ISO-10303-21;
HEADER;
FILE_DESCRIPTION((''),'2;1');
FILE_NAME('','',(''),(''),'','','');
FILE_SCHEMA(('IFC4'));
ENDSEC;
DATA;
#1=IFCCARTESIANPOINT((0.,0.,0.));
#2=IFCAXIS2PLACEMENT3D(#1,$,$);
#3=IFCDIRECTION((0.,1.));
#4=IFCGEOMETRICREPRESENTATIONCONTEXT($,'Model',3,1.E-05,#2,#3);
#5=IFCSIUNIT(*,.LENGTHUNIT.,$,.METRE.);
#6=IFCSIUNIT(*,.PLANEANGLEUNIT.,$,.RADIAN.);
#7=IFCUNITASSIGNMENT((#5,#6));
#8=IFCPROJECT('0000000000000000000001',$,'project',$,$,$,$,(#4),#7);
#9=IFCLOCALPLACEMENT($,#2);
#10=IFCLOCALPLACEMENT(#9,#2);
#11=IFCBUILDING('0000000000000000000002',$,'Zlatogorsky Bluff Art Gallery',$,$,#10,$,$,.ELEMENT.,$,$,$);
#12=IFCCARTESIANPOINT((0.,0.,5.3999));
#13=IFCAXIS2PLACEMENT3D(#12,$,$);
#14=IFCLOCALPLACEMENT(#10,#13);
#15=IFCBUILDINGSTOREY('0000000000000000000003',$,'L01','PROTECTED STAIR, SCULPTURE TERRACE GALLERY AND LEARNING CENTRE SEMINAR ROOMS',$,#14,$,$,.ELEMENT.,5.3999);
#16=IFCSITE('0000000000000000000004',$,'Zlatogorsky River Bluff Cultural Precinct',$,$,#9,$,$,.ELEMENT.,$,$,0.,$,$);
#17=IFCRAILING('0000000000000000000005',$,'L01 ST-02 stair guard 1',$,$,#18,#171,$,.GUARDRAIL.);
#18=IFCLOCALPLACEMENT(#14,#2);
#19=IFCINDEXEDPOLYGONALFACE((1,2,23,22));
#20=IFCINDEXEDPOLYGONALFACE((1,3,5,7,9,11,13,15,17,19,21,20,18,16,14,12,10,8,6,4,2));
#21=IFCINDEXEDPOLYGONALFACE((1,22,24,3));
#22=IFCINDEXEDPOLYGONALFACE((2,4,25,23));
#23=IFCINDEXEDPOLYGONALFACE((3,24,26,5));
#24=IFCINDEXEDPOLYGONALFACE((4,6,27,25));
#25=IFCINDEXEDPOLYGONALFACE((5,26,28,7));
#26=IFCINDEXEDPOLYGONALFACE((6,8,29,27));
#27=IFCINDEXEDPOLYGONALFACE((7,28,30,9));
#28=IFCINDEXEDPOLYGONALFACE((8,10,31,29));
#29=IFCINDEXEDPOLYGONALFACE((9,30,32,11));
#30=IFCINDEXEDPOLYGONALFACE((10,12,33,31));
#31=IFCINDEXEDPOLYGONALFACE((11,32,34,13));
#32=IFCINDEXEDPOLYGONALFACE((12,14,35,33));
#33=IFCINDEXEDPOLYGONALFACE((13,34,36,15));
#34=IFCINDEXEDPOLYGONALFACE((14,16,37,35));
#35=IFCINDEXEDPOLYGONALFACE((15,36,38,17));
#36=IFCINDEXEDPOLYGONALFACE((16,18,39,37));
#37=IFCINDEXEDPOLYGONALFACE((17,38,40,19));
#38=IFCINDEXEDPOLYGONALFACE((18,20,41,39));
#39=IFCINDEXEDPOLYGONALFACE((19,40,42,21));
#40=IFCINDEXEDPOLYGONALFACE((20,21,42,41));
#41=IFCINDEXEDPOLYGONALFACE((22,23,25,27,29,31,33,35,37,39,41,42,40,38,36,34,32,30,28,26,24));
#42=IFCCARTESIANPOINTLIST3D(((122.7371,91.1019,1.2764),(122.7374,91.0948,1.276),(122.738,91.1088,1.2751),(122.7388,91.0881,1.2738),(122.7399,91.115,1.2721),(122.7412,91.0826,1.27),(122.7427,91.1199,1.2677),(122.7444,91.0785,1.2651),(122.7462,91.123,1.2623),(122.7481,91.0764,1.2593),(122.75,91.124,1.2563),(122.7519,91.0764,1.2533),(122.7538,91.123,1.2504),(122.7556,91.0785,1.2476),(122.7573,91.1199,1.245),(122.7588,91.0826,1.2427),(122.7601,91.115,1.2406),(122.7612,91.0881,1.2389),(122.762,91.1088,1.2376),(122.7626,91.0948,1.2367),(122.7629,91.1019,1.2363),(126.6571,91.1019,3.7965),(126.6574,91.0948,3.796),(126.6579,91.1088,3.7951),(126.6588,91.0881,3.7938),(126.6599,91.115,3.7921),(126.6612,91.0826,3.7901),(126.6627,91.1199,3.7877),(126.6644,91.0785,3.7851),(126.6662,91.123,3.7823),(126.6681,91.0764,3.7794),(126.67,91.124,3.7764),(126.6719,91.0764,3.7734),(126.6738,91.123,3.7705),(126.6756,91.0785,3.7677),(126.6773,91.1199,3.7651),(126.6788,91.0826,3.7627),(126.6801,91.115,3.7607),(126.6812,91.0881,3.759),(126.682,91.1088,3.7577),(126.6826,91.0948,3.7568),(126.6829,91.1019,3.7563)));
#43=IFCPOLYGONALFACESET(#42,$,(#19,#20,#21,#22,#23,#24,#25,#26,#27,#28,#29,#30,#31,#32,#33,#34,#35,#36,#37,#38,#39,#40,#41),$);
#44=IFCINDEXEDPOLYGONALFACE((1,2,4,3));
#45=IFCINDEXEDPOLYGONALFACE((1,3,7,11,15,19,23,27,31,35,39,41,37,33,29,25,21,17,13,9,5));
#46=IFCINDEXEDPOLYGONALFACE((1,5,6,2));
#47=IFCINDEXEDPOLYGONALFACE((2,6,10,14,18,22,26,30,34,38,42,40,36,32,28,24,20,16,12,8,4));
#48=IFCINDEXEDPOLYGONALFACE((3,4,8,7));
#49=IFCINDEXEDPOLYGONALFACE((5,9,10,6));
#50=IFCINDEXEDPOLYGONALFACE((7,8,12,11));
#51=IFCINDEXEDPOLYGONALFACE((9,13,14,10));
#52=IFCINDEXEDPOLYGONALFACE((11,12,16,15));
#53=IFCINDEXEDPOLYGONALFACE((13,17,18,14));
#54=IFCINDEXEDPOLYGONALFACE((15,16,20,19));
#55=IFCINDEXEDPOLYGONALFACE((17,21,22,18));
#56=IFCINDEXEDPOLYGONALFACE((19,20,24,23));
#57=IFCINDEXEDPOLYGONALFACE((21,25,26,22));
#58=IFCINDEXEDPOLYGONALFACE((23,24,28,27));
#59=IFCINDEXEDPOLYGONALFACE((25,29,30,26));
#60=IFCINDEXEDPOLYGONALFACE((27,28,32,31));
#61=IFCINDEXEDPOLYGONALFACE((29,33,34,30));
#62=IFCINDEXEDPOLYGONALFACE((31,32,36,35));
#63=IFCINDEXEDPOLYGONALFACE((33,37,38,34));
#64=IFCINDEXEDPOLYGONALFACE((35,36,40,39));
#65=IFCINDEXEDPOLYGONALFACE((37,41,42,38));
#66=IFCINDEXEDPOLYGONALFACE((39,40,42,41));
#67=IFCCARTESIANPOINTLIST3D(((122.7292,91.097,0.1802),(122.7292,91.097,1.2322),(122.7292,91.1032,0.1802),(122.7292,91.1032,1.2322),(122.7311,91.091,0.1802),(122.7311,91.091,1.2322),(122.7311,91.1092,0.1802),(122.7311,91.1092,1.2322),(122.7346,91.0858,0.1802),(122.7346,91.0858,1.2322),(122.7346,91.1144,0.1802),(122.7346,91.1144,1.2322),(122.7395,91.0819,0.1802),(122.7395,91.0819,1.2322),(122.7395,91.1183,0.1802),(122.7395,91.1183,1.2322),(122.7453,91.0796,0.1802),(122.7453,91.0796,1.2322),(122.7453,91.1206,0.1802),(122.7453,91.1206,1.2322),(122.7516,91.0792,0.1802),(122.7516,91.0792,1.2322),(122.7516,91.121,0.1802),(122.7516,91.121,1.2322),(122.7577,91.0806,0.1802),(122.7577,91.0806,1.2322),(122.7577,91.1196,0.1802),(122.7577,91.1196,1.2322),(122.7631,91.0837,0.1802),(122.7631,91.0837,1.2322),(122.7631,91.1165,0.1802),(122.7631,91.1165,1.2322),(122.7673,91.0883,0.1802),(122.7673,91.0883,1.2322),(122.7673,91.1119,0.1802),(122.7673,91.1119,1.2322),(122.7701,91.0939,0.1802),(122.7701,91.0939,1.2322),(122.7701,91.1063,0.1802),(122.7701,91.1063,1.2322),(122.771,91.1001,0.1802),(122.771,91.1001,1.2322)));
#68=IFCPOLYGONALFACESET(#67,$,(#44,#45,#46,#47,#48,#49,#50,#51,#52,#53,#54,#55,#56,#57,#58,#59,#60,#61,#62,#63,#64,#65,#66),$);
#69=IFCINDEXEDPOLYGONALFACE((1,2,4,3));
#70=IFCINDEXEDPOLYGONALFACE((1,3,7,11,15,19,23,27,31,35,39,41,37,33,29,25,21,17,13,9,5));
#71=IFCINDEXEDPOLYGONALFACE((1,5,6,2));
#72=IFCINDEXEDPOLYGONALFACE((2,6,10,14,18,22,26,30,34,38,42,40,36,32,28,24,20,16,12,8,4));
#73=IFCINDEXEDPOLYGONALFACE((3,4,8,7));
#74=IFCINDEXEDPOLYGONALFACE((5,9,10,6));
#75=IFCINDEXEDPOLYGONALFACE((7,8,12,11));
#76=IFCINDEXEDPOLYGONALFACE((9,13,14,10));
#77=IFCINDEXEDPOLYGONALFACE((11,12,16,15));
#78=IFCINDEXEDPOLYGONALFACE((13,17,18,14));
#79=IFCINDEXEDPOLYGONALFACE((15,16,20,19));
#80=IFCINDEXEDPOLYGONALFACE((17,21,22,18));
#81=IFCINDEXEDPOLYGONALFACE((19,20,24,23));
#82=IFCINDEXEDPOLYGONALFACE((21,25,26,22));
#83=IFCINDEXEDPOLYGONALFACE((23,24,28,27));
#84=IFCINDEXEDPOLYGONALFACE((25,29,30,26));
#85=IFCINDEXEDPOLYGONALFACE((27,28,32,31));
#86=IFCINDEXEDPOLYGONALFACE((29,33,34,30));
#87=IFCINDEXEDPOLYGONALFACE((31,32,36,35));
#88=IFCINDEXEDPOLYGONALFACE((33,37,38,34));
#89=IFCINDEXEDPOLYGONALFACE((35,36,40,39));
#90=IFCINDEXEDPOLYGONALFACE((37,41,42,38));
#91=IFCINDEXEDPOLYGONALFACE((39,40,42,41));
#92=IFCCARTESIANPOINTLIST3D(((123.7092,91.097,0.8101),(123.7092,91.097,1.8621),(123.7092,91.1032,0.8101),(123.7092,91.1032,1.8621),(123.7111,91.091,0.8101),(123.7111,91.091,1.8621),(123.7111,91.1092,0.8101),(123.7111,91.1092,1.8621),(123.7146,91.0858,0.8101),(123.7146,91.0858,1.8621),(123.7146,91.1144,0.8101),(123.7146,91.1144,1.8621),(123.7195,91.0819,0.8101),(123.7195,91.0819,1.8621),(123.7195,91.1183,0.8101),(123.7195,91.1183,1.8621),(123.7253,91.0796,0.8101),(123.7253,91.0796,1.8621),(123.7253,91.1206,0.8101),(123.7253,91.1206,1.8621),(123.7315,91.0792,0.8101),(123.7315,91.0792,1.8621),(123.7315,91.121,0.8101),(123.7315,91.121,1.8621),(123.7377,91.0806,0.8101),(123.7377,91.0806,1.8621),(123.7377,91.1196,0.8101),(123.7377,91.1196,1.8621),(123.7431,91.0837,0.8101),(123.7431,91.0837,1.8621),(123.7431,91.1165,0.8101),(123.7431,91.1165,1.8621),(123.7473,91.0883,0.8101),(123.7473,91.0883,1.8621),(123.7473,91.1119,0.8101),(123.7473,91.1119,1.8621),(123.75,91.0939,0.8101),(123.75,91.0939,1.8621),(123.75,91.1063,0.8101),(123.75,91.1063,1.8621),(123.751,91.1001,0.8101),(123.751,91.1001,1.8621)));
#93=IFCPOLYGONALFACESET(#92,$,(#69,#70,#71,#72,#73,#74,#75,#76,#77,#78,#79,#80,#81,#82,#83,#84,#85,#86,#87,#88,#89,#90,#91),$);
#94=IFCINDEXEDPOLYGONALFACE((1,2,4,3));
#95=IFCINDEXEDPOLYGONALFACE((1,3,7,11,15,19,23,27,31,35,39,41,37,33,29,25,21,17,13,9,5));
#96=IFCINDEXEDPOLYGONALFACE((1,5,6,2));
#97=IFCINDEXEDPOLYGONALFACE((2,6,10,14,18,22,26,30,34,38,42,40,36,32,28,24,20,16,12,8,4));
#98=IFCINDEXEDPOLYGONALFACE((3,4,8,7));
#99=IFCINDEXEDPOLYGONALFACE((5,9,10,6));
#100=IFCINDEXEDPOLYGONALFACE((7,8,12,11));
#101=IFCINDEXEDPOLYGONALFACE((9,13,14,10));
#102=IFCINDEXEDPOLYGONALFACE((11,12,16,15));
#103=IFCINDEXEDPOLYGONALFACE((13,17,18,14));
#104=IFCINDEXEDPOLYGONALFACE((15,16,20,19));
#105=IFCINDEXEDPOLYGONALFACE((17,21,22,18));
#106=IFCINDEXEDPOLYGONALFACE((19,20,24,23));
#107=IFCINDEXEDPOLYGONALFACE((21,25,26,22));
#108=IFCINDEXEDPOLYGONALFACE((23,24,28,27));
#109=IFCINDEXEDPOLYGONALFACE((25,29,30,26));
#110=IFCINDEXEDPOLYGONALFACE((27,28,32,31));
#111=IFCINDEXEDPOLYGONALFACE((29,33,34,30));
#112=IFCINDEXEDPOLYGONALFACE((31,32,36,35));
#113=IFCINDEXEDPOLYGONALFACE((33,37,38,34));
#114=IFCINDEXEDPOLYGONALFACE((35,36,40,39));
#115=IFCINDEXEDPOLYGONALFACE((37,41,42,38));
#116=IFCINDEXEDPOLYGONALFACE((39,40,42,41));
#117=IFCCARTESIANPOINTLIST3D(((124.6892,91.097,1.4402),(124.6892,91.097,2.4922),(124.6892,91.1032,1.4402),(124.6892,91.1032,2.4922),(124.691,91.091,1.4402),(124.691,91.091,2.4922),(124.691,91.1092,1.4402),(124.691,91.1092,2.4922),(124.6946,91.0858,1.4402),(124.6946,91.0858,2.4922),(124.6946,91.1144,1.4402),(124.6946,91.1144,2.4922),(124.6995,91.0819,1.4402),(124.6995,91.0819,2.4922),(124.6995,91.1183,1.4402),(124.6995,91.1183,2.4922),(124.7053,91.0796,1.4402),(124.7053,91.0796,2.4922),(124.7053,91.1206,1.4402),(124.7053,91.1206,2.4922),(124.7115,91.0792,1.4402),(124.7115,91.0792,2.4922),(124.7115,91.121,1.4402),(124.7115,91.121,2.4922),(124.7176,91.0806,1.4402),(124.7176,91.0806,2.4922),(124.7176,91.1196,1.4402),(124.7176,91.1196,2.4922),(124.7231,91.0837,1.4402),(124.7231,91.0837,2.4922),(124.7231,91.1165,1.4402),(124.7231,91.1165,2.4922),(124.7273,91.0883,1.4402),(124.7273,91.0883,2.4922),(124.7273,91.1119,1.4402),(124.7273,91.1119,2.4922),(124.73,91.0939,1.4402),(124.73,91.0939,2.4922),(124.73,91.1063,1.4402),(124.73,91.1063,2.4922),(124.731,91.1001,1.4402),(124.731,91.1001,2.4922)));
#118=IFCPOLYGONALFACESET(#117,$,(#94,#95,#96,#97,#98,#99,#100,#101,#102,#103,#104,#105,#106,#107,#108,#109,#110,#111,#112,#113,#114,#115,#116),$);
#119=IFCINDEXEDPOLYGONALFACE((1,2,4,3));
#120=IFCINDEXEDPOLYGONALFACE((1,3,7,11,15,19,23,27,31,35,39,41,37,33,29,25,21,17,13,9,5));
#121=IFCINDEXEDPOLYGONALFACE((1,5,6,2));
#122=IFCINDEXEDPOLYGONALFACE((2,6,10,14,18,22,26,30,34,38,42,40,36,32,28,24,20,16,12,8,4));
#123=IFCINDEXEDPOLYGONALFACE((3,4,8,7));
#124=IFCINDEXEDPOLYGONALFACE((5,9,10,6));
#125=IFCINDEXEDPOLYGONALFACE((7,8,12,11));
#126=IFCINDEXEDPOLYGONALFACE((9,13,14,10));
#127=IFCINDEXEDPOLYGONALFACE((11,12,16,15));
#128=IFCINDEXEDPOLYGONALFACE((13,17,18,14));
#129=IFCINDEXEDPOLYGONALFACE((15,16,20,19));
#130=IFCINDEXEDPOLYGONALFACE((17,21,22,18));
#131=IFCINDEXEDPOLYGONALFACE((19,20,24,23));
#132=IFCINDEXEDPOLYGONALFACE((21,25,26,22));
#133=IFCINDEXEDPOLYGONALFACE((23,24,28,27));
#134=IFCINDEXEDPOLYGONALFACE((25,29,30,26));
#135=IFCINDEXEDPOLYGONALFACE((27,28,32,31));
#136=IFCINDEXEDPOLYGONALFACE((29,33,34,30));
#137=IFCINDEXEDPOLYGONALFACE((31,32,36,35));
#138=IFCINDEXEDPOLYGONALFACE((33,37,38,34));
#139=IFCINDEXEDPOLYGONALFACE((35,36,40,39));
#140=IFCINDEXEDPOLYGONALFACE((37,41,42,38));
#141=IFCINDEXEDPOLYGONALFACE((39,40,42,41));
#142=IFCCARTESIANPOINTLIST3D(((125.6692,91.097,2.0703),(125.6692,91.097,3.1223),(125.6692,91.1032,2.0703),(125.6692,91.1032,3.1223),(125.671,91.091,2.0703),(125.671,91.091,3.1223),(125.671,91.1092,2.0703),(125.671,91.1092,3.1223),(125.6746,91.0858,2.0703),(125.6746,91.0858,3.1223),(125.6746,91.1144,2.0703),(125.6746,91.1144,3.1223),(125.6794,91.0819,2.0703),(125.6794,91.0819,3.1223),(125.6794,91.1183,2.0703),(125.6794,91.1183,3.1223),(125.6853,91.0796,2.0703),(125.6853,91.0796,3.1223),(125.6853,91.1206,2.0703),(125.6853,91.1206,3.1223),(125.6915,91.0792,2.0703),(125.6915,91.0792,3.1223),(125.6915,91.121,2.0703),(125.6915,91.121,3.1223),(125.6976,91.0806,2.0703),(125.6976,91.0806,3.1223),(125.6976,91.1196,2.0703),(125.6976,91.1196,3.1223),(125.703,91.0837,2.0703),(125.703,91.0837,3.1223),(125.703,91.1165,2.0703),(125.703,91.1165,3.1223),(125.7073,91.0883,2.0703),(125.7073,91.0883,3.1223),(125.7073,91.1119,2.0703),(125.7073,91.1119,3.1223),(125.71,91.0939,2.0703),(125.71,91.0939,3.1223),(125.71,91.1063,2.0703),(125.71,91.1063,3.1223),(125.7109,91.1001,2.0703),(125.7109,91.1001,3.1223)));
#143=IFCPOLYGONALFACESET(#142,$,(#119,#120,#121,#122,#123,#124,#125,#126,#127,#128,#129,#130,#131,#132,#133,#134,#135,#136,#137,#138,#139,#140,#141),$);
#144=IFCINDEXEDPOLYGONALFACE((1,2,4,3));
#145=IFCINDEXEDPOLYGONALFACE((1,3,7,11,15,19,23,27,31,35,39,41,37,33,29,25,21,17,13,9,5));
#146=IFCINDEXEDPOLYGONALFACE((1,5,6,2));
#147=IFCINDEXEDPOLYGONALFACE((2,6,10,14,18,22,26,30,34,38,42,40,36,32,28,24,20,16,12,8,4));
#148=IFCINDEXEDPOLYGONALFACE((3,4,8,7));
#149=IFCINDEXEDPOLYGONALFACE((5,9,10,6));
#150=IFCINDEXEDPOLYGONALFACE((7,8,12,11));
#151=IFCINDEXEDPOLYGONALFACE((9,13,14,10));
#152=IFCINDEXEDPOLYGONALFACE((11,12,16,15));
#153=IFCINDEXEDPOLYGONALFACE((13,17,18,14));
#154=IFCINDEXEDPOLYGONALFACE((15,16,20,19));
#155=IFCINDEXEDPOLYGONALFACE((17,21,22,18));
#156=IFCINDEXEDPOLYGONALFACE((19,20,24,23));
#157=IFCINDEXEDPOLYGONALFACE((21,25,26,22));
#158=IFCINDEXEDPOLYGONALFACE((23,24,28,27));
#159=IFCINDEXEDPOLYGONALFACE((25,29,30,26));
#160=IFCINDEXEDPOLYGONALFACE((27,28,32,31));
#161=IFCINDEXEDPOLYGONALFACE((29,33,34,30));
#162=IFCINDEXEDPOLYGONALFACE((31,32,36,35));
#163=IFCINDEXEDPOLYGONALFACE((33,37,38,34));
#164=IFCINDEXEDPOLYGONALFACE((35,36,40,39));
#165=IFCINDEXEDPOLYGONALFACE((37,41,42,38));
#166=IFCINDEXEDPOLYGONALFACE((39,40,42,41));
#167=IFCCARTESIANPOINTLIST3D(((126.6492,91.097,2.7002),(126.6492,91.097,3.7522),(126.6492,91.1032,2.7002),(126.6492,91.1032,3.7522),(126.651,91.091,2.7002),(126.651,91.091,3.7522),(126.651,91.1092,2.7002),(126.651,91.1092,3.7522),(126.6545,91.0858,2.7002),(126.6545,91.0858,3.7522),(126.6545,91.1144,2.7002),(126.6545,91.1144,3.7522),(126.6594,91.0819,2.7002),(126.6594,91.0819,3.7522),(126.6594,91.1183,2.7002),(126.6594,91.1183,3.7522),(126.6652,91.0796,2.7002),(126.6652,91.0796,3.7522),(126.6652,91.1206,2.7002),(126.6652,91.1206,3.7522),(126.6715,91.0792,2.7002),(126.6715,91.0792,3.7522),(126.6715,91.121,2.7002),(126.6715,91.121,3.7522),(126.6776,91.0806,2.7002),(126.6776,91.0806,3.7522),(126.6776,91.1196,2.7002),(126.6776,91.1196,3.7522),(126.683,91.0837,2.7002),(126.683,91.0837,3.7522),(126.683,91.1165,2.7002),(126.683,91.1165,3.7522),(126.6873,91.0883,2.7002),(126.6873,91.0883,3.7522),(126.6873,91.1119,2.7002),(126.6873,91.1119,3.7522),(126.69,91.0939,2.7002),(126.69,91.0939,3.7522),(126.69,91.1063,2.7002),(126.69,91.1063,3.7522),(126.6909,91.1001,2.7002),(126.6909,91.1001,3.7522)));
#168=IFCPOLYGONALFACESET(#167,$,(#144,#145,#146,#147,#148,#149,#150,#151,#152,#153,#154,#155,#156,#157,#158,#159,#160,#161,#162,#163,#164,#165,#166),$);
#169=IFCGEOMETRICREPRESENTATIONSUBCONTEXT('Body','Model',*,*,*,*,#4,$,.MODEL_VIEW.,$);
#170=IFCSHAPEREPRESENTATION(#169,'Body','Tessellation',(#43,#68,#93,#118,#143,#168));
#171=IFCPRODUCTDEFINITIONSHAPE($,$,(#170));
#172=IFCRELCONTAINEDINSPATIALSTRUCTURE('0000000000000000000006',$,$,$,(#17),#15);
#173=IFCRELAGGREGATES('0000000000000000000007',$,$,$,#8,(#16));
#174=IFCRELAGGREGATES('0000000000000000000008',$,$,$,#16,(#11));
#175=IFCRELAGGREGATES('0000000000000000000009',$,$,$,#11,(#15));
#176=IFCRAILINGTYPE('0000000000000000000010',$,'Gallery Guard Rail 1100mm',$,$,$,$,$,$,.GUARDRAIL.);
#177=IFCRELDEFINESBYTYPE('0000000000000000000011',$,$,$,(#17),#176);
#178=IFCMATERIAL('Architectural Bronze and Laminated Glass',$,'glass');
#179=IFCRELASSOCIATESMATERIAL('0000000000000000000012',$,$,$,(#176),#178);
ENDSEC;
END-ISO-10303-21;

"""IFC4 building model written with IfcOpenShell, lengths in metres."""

from ifc_helpers import new_model, si_unit, direction, frame, origin, origin_2d, place, context, subcontext, project, spatial, circle, extrude, material, type_object, element, save


model = new_model("IFC4")

# Units and contexts
model_context = context("Model", 3, precision=1e-05, world=origin(), true_north=direction((0.0, 1.0)))
body_context = subcontext(model_context, "Body", "Model", "MODEL_VIEW")
ifc_project = project(units=[si_unit("LENGTHUNIT", "METRE"), si_unit("PLANEANGLEUNIT", "RADIAN")], contexts=[model_context])

# Site, building, storey
site_placement = place(None, origin())
site = spatial("IfcSite", under=ifc_project, at=site_placement, Name="Zlatogorsky River Bluff Cultural Precinct", CompositionType="ELEMENT", RefElevation=0.0)
building_placement = place(site_placement, origin())
building = spatial("IfcBuilding", under=site, at=building_placement, Name="Zlatogorsky Bluff Art Gallery", CompositionType="ELEMENT")
storey_placement = place(building_placement, frame((0.0, 0.0, 5.3999)))
storey = spatial("IfcBuildingStorey", under=building, at=storey_placement, Name="L01", Description="PROTECTED STAIR, SCULPTURE TERRACE GALLERY AND LEARNING CENTRE SEMINAR ROOMS", CompositionType="ELEMENT", Elevation=5.3999)

# Railing
ifc_material_1 = material(Name="Architectural Bronze and Laminated Glass", Category="glass")
railing_type_1 = type_object("IfcRailingType", Name="Gallery Guard Rail 1100mm", PredefinedType="GUARDRAIL", material=ifc_material_1)
railing_1_placement = place(storey_placement, frame((122.75, 91.1001, 0.1802)))
element("IfcRailing", 1, at=railing_1_placement, inside=storey, type_object=railing_type_1, Name="L01 ST-02 stair guard 1", PredefinedType="GUARDRAIL", context=body_context, shape_type="SweptSolid", body=[
    extrude(circle(Radius=0.0239, at=origin_2d()), frame((0.0, 0.0, 1.0762), z_axis=(0.841172, 0.0, 0.540768), x_axis=(0.0, 1.0, 0.0)), (0.0, 0.0, 1.0), 4.6602),
    extrude(circle(Radius=0.021, at=origin_2d()), origin(), (0.0, 0.0, 1.0), 1.052),
    extrude(circle(Radius=0.021, at=origin_2d()), frame((0.98, 0.0, 0.6299)), (0.0, 0.0, 1.0), 1.052),
    extrude(circle(Radius=0.021, at=origin_2d()), frame((1.96, 0.0, 1.26)), (0.0, 0.0, 1.0), 1.052),
    extrude(circle(Radius=0.021, at=origin_2d()), frame((2.9399, 0.0, 1.8901)), (0.0, 0.0, 1.0), 1.052),
    extrude(circle(Radius=0.021, at=origin_2d()), frame((3.9199, 0.0, 2.52)), (0.0, 0.0, 1.0), 1.052),
])

save(model, "model.ifc")
